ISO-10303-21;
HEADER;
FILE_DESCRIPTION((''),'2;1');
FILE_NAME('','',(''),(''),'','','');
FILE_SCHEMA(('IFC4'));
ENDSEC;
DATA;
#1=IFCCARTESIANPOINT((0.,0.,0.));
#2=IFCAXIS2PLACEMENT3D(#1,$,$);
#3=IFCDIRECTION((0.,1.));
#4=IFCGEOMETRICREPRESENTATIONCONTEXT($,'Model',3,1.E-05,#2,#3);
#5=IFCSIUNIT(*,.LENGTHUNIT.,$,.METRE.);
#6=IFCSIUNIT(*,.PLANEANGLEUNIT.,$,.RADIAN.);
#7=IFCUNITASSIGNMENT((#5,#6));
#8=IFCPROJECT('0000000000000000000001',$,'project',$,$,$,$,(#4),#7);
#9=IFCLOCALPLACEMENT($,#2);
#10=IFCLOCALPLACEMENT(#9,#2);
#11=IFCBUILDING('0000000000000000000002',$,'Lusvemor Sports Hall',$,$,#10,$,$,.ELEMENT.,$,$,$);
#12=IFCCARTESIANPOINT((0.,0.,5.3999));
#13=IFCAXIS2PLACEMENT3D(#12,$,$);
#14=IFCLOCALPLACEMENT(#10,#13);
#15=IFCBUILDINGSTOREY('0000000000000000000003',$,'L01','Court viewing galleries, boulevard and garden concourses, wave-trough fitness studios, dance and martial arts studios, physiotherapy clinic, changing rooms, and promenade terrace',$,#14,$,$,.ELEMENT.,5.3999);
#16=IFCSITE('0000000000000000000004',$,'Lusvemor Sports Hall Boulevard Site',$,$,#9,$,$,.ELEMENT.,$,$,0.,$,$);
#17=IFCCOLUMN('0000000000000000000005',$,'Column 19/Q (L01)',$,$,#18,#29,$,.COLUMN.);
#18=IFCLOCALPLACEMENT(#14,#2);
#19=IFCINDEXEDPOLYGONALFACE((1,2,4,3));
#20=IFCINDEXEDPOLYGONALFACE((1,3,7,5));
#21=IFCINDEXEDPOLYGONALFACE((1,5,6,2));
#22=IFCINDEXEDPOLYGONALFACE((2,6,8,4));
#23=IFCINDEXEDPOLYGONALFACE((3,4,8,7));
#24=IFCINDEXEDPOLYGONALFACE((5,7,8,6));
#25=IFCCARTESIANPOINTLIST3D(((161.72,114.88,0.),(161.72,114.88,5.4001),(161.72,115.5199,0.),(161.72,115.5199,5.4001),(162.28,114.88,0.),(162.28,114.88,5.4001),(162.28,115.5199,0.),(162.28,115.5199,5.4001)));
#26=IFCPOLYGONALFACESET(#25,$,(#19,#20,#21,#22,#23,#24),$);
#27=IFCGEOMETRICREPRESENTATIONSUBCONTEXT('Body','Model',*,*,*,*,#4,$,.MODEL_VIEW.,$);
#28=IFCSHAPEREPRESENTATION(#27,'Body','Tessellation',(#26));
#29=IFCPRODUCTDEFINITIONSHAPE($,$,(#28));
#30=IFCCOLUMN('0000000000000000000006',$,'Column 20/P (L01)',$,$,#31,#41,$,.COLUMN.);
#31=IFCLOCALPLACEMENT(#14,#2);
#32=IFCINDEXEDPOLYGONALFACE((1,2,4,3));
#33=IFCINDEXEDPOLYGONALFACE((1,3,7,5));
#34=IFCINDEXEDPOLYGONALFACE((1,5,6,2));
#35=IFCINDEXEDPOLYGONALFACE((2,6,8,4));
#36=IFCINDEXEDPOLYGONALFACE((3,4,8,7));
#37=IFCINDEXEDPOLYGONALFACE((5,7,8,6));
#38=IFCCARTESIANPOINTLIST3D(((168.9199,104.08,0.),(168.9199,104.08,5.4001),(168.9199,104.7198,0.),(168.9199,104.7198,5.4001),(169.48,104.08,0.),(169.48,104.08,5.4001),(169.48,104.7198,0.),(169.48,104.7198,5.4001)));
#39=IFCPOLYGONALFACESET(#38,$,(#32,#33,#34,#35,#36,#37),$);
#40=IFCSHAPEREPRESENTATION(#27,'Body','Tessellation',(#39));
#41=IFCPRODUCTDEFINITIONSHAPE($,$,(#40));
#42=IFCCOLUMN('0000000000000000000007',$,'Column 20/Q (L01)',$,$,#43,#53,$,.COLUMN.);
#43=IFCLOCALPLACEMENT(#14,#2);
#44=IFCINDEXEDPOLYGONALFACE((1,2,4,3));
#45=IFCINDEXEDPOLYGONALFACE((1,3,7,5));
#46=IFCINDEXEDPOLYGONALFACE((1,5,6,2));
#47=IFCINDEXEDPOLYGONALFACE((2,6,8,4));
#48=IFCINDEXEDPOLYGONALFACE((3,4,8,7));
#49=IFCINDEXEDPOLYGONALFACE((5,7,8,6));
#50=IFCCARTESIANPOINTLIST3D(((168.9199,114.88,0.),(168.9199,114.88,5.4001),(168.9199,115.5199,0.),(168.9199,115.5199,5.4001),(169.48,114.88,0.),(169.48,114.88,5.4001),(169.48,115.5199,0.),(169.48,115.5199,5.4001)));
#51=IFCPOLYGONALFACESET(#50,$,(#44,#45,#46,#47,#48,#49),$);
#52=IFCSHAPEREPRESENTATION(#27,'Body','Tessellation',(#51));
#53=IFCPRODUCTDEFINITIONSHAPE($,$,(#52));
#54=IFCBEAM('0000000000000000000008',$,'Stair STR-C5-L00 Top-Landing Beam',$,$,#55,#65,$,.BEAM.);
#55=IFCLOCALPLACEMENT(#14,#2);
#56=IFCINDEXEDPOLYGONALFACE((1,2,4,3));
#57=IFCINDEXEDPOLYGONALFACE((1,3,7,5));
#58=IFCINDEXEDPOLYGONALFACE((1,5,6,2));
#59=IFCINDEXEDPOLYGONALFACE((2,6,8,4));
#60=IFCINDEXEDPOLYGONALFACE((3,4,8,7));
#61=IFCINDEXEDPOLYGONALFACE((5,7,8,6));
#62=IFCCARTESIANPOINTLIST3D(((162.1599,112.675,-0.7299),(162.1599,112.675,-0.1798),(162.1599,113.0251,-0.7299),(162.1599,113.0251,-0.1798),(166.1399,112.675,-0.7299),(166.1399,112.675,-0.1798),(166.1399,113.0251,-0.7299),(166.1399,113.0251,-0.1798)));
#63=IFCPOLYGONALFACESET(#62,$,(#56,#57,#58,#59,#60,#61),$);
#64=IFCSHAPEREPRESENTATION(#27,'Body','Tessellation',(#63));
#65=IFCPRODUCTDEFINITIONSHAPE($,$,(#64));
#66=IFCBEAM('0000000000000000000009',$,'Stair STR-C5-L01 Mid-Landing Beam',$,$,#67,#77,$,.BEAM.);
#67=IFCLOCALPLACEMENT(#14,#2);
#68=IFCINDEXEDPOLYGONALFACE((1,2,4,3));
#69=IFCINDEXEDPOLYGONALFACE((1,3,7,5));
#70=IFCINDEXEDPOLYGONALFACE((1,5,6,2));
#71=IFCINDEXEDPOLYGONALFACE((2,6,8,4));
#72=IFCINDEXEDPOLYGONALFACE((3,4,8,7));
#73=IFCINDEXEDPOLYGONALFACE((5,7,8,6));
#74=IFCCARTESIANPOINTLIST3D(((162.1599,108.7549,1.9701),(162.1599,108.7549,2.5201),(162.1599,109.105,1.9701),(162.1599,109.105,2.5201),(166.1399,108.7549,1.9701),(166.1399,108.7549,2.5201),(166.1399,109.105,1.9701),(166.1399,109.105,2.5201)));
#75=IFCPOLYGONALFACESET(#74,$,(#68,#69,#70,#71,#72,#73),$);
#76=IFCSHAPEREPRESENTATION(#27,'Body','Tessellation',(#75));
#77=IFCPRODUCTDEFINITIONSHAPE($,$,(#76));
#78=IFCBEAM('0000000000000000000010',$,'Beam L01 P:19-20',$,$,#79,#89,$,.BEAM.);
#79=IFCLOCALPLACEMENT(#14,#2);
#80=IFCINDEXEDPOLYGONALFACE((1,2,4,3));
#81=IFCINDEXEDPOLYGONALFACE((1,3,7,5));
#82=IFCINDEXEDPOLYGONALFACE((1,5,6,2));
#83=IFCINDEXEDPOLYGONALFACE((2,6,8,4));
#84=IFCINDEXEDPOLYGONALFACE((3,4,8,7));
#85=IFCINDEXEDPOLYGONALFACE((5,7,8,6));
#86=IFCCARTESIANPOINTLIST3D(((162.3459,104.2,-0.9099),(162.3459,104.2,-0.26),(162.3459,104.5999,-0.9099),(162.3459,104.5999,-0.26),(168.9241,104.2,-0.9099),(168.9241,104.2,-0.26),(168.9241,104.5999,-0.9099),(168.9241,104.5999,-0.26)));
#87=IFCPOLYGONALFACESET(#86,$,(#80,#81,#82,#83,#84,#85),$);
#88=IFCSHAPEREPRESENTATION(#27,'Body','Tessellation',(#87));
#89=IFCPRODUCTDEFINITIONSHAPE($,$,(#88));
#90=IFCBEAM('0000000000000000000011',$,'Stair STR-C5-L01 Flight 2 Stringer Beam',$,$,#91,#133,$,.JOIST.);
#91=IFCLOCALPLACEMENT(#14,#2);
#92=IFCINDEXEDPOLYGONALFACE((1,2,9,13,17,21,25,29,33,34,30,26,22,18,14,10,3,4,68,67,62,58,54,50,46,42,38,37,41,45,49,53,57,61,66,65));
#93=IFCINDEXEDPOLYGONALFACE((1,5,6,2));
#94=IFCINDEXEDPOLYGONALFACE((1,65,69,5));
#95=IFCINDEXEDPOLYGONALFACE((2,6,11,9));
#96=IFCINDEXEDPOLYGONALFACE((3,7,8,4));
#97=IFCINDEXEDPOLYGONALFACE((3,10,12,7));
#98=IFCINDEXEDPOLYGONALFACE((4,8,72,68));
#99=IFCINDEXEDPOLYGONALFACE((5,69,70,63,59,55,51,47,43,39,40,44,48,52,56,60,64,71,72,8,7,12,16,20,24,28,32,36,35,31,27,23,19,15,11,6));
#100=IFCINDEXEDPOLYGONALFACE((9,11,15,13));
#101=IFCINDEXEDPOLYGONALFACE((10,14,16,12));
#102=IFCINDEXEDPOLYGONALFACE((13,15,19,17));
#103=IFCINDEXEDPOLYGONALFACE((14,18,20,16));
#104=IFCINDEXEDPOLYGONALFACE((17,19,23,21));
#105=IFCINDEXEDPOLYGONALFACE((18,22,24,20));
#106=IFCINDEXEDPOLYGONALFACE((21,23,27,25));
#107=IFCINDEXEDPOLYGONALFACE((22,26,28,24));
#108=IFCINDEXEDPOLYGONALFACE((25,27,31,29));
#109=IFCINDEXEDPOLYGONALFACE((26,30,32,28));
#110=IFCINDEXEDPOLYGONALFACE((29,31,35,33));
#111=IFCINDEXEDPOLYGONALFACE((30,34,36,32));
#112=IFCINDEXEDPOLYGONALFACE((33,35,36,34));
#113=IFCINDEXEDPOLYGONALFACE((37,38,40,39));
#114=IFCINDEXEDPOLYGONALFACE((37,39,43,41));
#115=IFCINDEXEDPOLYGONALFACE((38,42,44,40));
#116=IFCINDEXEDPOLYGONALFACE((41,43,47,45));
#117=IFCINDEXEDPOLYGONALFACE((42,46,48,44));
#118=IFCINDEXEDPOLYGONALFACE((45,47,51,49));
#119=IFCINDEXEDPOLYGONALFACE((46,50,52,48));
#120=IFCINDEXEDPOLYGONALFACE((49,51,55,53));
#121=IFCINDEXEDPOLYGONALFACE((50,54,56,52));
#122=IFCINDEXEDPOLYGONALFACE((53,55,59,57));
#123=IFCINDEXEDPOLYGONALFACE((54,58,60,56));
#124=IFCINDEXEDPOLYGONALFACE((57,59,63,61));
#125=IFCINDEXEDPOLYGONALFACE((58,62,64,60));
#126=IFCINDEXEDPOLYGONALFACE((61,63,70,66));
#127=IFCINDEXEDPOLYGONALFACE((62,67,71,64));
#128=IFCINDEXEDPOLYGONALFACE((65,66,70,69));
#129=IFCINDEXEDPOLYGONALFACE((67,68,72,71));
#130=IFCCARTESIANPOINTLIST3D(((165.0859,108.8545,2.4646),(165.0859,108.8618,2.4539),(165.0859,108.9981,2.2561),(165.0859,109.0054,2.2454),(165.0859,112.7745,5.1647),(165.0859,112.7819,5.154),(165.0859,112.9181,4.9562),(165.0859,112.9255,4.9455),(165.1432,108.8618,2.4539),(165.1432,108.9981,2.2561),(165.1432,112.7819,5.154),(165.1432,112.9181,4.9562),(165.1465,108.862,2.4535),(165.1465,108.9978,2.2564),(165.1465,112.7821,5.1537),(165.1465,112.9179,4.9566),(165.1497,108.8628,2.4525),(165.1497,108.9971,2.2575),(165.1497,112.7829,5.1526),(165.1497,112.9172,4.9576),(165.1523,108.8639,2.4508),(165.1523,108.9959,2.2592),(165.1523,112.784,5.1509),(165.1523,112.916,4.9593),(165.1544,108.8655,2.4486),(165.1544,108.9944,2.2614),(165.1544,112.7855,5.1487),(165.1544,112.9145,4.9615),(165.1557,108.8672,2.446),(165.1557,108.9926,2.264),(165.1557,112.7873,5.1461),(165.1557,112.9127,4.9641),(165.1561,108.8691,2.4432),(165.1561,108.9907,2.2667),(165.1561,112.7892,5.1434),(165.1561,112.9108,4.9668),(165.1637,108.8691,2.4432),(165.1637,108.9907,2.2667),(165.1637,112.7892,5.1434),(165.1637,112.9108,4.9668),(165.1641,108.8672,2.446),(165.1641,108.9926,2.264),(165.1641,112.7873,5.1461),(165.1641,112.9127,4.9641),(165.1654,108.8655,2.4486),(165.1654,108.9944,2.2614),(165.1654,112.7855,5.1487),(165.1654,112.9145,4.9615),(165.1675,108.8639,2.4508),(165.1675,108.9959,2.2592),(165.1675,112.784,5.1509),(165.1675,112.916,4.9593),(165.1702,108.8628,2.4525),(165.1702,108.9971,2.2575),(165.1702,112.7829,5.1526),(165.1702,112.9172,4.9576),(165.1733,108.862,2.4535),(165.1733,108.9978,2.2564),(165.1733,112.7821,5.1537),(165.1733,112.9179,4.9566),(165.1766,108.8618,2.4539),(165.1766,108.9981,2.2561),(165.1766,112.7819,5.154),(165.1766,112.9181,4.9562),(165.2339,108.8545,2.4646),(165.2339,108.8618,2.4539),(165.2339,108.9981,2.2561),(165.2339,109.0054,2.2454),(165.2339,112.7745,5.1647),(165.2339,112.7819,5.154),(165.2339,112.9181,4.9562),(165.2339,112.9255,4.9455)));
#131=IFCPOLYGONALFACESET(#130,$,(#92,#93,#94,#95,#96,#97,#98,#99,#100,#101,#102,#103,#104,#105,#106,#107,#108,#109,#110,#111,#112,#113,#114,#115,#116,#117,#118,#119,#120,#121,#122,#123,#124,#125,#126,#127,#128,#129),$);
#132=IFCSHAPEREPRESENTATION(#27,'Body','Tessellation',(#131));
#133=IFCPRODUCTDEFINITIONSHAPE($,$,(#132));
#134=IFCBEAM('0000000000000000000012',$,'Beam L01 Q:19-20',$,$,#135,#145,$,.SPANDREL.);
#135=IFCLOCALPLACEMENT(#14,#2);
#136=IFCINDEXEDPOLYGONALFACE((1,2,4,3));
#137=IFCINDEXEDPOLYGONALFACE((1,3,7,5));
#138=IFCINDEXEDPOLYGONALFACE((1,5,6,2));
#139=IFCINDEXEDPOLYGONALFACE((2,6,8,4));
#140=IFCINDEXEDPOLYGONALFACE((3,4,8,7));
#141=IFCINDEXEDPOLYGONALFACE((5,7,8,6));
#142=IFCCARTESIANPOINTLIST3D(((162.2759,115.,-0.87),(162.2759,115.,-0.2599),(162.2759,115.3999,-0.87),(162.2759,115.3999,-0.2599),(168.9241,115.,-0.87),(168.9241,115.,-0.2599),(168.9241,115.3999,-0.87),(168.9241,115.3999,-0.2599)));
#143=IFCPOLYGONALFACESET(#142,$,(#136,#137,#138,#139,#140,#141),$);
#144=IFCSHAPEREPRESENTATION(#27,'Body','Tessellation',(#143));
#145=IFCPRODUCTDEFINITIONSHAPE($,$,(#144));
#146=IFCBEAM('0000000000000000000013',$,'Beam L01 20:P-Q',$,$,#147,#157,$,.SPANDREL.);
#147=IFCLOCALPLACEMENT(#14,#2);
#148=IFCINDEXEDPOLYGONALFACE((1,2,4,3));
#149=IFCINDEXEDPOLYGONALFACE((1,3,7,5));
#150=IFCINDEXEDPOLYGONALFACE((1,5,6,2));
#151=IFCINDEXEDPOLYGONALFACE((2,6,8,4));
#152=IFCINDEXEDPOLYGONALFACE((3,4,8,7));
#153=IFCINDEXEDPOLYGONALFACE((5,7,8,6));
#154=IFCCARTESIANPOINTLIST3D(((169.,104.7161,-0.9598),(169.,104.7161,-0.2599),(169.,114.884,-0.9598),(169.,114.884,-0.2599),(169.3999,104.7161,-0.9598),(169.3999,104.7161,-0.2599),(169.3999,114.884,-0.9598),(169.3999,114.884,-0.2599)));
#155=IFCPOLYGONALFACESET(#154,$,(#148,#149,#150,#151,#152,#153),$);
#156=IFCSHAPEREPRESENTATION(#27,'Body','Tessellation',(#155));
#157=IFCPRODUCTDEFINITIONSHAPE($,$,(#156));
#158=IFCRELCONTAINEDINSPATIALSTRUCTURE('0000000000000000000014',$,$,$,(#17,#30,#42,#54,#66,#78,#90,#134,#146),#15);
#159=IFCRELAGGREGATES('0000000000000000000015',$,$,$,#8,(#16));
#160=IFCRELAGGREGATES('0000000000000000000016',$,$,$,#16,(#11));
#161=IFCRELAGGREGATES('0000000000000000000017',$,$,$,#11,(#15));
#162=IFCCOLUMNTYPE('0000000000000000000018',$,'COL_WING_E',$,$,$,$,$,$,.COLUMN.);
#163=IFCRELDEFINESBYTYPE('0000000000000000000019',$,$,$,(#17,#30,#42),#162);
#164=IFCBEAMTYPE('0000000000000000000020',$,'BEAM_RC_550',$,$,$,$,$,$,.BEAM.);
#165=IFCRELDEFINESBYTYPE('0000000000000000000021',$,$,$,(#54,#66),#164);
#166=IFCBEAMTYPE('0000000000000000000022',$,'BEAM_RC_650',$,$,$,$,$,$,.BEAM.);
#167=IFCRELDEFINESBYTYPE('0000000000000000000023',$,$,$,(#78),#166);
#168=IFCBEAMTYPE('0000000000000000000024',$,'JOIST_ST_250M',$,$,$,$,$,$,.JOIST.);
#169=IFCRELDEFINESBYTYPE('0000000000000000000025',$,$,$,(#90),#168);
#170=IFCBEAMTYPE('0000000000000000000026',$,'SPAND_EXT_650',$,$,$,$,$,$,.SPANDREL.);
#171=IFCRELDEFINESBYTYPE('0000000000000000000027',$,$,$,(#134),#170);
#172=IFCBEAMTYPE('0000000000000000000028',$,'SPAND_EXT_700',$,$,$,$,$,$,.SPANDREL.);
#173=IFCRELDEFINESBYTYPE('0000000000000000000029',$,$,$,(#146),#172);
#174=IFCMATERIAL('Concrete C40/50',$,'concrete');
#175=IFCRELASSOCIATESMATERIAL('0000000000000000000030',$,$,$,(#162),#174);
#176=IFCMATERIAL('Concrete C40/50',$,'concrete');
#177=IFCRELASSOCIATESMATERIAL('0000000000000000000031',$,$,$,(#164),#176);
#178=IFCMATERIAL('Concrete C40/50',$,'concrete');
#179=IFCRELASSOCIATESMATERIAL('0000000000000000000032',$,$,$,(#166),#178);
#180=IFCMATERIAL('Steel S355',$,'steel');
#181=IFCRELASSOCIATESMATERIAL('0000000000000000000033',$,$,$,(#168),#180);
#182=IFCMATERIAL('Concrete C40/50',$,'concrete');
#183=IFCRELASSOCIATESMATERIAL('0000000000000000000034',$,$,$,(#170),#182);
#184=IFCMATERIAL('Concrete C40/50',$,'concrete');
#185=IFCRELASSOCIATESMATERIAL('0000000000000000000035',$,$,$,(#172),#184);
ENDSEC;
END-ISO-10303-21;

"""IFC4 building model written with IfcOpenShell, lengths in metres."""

from ifc_helpers import new_model, si_unit, direction, frame, origin, origin_2d, place, context, subcontext, project, spatial, rectangle, i_section, extrude, material, material_profile, profile_set, type_object, element, save


model = new_model("IFC4")

# Units and contexts
model_context = context("Model", 3, precision=1e-05, world=origin(), true_north=direction((0.0, 1.0)))
body_context = subcontext(model_context, "Body", "Model", "MODEL_VIEW")
ifc_project = project(units=[si_unit("LENGTHUNIT", "METRE"), si_unit("PLANEANGLEUNIT", "RADIAN")], contexts=[model_context])

# Site, building, storey
site_placement = place(None, origin())
site = spatial("IfcSite", under=ifc_project, at=site_placement, Name="Lusvemor Sports Hall Boulevard Site", CompositionType="ELEMENT", RefElevation=0.0)
building_placement = place(site_placement, origin())
building = spatial("IfcBuilding", under=site, at=building_placement, Name="Lusvemor Sports Hall", CompositionType="ELEMENT")
storey_placement = place(building_placement, frame((0.0, 0.0, 5.3999)))
storey = spatial("IfcBuildingStorey", under=building, at=storey_placement, Name="L01", Description="Court viewing galleries, boulevard and garden concourses, wave-trough fitness studios, dance and martial arts studios, physiotherapy clinic, changing rooms, and promenade terrace", CompositionType="ELEMENT", Elevation=5.3999)

# Columns
ifc_material_1 = material(Name="Concrete C40/50", Category="concrete")
ifc_material_profile_1 = material_profile(ifc_material_1, rectangle(XDim=0.5601, YDim=0.6399, at=origin_2d()), Name="RC560x640")
ifc_profile_set_1 = profile_set([ifc_material_profile_1], Name="Concrete C40/50")
column_type = type_object("IfcColumnType", Name="COL_WING_E", PredefinedType="COLUMN", material=ifc_profile_set_1)
for number, where, z_axis, x_axis, name in (
    (1, (162.0, 115.2, 0.0), (0.0, 0.0, 1.0), (1.0, 0.0, 0.0), "Column 19/Q (L01)"),
    (2, (169.2, 104.3999, 0.0), (0.0, 0.0, 1.0), (1.0, 0.0, 0.0), "Column 20/P (L01)"),
    (3, (169.2, 115.2, 0.0), (0.0, 0.0, 1.0), (1.0, 0.0, 0.0), "Column 20/Q (L01)"),
):
    element("IfcColumn", number, at=place(storey_placement, frame(where, z_axis=z_axis, x_axis=x_axis)), inside=storey, type_object=column_type, Name=name, PredefinedType="COLUMN", context=body_context, shape_type="SweptSolid", body=[
        extrude(rectangle(XDim=0.5601, YDim=0.6399, at=origin_2d()), origin(), (0.0, 0.0, 1.0), 5.4001),
    ])

# Beams
ifc_material_2 = material(Name="Concrete C40/50", Category="concrete")
ifc_material_profile_2 = material_profile(ifc_material_2, rectangle(XDim=0.3501, YDim=0.55, at=origin_2d()), Name="RC350x550")
ifc_profile_set_2 = profile_set([ifc_material_profile_2], Name="Concrete C40/50")
beam_type_1 = type_object("IfcBeamType", Name="BEAM_RC_550", PredefinedType="BEAM", material=ifc_profile_set_2)
for number, where, z_axis, x_axis, name in (
    (4, (162.1599, 112.8501, -0.4548), (1.0, 0.0, 0.0), (0.0, 1.0, 0.0), "Stair STR-C5-L00 Top-Landing Beam"),
    (5, (162.1599, 108.9299, 2.2451), (1.0, 0.0, 0.0), (0.0, 1.0, 0.0), "Stair STR-C5-L01 Mid-Landing Beam"),
):
    element("IfcBeam", number, at=place(storey_placement, frame(where, z_axis=z_axis, x_axis=x_axis)), inside=storey, type_object=beam_type_1, Name=name, PredefinedType="BEAM", context=body_context, shape_type="SweptSolid", body=[
        extrude(rectangle(XDim=0.3501, YDim=0.55, at=origin_2d()), origin(), (0.0, 0.0, 1.0), 3.98),
    ])
ifc_material_3 = material(Name="Concrete C40/50", Category="concrete")
ifc_material_profile_3 = material_profile(ifc_material_3, rectangle(XDim=0.3999, YDim=0.6499, at=origin_2d()), Name="RC400x650")
ifc_profile_set_3 = profile_set([ifc_material_profile_3], Name="Concrete C40/50")
beam_type_2 = type_object("IfcBeamType", Name="BEAM_RC_650", PredefinedType="BEAM", material=ifc_profile_set_3)
beam_1_placement = place(storey_placement, frame((162.3459, 104.3999, -0.585), z_axis=(1.0, 0.0, 0.0), x_axis=(0.0, 1.0, 0.0)))
element("IfcBeam", 6, at=beam_1_placement, inside=storey, type_object=beam_type_2, Name="Beam L01 P:19-20", PredefinedType="BEAM", context=body_context, shape_type="SweptSolid", body=[
    extrude(rectangle(XDim=0.3999, YDim=0.6499, at=origin_2d()), origin(), (0.0, 0.0, 1.0), 6.5781),
])
ifc_material_4 = material(Name="Steel S355", Category="steel")
ifc_material_profile_4 = material_profile(ifc_material_4, i_section(OverallWidth=0.1479, OverallDepth=0.2661, WebThickness=0.0076, FlangeThickness=0.0129, FilletRadius=0.0129, at=origin_2d()), Name="W250x44.8")
ifc_profile_set_4 = profile_set([ifc_material_profile_4], Name="Steel S355")
beam_type_3 = type_object("IfcBeamType", Name="JOIST_ST_250M", PredefinedType="JOIST", material=ifc_profile_set_4)
beam_2_placement = place(storey_placement, frame((165.1599, 108.9299, 2.355), z_axis=(0.0, 0.823543, 0.567253), x_axis=(-1.0, 0.0, 0.0)))
element("IfcBeam", 7, at=beam_2_placement, inside=storey, type_object=beam_type_3, Name="Stair STR-C5-L01 Flight 2 Stringer Beam", PredefinedType="JOIST", context=body_context, shape_type="SweptSolid", body=[
    extrude(i_section(OverallWidth=0.1479, OverallDepth=0.2661, WebThickness=0.0076, FlangeThickness=0.0129, FilletRadius=0.0129, at=origin_2d()), origin(), (0.0, 0.0, 1.0), 4.76),
])
ifc_material_5 = material(Name="Concrete C40/50", Category="concrete")
ifc_material_profile_5 = material_profile(ifc_material_5, rectangle(XDim=0.3999, YDim=0.6101, at=origin_2d()), Name="RC400x610")
ifc_profile_set_5 = profile_set([ifc_material_profile_5], Name="Concrete C40/50")
beam_type_4 = type_object("IfcBeamType", Name="SPAND_EXT_650", PredefinedType="SPANDREL", material=ifc_profile_set_5)
beam_3_placement = place(storey_placement, frame((162.2759, 115.2, -0.5649), z_axis=(1.0, 0.0, 0.0), x_axis=(0.0, 1.0, 0.0)))
element("IfcBeam", 8, at=beam_3_placement, inside=storey, type_object=beam_type_4, Name="Beam L01 Q:19-20", PredefinedType="SPANDREL", context=body_context, shape_type="SweptSolid", body=[
    extrude(rectangle(XDim=0.3999, YDim=0.6101, at=origin_2d()), origin(), (0.0, 0.0, 1.0), 6.6482),
])
ifc_material_6 = material(Name="Concrete C40/50", Category="concrete")
ifc_material_profile_6 = material_profile(ifc_material_6, rectangle(XDim=0.3999, YDim=0.7, at=origin_2d()), Name="RC400x700")
ifc_profile_set_6 = profile_set([ifc_material_profile_6], Name="Concrete C40/50")
beam_type_5 = type_object("IfcBeamType", Name="SPAND_EXT_700", PredefinedType="SPANDREL", material=ifc_profile_set_6)
beam_4_placement = place(storey_placement, frame((169.2, 104.7161, -0.6099), z_axis=(0.0, 1.0, 0.0), x_axis=(-1.0, 0.0, 0.0)))
element("IfcBeam", 9, at=beam_4_placement, inside=storey, type_object=beam_type_5, Name="Beam L01 20:P-Q", PredefinedType="SPANDREL", context=body_context, shape_type="SweptSolid", body=[
    extrude(rectangle(XDim=0.3999, YDim=0.7, at=origin_2d()), origin(), (0.0, 0.0, 1.0), 10.168),
])

save(model, "model.ifc")
